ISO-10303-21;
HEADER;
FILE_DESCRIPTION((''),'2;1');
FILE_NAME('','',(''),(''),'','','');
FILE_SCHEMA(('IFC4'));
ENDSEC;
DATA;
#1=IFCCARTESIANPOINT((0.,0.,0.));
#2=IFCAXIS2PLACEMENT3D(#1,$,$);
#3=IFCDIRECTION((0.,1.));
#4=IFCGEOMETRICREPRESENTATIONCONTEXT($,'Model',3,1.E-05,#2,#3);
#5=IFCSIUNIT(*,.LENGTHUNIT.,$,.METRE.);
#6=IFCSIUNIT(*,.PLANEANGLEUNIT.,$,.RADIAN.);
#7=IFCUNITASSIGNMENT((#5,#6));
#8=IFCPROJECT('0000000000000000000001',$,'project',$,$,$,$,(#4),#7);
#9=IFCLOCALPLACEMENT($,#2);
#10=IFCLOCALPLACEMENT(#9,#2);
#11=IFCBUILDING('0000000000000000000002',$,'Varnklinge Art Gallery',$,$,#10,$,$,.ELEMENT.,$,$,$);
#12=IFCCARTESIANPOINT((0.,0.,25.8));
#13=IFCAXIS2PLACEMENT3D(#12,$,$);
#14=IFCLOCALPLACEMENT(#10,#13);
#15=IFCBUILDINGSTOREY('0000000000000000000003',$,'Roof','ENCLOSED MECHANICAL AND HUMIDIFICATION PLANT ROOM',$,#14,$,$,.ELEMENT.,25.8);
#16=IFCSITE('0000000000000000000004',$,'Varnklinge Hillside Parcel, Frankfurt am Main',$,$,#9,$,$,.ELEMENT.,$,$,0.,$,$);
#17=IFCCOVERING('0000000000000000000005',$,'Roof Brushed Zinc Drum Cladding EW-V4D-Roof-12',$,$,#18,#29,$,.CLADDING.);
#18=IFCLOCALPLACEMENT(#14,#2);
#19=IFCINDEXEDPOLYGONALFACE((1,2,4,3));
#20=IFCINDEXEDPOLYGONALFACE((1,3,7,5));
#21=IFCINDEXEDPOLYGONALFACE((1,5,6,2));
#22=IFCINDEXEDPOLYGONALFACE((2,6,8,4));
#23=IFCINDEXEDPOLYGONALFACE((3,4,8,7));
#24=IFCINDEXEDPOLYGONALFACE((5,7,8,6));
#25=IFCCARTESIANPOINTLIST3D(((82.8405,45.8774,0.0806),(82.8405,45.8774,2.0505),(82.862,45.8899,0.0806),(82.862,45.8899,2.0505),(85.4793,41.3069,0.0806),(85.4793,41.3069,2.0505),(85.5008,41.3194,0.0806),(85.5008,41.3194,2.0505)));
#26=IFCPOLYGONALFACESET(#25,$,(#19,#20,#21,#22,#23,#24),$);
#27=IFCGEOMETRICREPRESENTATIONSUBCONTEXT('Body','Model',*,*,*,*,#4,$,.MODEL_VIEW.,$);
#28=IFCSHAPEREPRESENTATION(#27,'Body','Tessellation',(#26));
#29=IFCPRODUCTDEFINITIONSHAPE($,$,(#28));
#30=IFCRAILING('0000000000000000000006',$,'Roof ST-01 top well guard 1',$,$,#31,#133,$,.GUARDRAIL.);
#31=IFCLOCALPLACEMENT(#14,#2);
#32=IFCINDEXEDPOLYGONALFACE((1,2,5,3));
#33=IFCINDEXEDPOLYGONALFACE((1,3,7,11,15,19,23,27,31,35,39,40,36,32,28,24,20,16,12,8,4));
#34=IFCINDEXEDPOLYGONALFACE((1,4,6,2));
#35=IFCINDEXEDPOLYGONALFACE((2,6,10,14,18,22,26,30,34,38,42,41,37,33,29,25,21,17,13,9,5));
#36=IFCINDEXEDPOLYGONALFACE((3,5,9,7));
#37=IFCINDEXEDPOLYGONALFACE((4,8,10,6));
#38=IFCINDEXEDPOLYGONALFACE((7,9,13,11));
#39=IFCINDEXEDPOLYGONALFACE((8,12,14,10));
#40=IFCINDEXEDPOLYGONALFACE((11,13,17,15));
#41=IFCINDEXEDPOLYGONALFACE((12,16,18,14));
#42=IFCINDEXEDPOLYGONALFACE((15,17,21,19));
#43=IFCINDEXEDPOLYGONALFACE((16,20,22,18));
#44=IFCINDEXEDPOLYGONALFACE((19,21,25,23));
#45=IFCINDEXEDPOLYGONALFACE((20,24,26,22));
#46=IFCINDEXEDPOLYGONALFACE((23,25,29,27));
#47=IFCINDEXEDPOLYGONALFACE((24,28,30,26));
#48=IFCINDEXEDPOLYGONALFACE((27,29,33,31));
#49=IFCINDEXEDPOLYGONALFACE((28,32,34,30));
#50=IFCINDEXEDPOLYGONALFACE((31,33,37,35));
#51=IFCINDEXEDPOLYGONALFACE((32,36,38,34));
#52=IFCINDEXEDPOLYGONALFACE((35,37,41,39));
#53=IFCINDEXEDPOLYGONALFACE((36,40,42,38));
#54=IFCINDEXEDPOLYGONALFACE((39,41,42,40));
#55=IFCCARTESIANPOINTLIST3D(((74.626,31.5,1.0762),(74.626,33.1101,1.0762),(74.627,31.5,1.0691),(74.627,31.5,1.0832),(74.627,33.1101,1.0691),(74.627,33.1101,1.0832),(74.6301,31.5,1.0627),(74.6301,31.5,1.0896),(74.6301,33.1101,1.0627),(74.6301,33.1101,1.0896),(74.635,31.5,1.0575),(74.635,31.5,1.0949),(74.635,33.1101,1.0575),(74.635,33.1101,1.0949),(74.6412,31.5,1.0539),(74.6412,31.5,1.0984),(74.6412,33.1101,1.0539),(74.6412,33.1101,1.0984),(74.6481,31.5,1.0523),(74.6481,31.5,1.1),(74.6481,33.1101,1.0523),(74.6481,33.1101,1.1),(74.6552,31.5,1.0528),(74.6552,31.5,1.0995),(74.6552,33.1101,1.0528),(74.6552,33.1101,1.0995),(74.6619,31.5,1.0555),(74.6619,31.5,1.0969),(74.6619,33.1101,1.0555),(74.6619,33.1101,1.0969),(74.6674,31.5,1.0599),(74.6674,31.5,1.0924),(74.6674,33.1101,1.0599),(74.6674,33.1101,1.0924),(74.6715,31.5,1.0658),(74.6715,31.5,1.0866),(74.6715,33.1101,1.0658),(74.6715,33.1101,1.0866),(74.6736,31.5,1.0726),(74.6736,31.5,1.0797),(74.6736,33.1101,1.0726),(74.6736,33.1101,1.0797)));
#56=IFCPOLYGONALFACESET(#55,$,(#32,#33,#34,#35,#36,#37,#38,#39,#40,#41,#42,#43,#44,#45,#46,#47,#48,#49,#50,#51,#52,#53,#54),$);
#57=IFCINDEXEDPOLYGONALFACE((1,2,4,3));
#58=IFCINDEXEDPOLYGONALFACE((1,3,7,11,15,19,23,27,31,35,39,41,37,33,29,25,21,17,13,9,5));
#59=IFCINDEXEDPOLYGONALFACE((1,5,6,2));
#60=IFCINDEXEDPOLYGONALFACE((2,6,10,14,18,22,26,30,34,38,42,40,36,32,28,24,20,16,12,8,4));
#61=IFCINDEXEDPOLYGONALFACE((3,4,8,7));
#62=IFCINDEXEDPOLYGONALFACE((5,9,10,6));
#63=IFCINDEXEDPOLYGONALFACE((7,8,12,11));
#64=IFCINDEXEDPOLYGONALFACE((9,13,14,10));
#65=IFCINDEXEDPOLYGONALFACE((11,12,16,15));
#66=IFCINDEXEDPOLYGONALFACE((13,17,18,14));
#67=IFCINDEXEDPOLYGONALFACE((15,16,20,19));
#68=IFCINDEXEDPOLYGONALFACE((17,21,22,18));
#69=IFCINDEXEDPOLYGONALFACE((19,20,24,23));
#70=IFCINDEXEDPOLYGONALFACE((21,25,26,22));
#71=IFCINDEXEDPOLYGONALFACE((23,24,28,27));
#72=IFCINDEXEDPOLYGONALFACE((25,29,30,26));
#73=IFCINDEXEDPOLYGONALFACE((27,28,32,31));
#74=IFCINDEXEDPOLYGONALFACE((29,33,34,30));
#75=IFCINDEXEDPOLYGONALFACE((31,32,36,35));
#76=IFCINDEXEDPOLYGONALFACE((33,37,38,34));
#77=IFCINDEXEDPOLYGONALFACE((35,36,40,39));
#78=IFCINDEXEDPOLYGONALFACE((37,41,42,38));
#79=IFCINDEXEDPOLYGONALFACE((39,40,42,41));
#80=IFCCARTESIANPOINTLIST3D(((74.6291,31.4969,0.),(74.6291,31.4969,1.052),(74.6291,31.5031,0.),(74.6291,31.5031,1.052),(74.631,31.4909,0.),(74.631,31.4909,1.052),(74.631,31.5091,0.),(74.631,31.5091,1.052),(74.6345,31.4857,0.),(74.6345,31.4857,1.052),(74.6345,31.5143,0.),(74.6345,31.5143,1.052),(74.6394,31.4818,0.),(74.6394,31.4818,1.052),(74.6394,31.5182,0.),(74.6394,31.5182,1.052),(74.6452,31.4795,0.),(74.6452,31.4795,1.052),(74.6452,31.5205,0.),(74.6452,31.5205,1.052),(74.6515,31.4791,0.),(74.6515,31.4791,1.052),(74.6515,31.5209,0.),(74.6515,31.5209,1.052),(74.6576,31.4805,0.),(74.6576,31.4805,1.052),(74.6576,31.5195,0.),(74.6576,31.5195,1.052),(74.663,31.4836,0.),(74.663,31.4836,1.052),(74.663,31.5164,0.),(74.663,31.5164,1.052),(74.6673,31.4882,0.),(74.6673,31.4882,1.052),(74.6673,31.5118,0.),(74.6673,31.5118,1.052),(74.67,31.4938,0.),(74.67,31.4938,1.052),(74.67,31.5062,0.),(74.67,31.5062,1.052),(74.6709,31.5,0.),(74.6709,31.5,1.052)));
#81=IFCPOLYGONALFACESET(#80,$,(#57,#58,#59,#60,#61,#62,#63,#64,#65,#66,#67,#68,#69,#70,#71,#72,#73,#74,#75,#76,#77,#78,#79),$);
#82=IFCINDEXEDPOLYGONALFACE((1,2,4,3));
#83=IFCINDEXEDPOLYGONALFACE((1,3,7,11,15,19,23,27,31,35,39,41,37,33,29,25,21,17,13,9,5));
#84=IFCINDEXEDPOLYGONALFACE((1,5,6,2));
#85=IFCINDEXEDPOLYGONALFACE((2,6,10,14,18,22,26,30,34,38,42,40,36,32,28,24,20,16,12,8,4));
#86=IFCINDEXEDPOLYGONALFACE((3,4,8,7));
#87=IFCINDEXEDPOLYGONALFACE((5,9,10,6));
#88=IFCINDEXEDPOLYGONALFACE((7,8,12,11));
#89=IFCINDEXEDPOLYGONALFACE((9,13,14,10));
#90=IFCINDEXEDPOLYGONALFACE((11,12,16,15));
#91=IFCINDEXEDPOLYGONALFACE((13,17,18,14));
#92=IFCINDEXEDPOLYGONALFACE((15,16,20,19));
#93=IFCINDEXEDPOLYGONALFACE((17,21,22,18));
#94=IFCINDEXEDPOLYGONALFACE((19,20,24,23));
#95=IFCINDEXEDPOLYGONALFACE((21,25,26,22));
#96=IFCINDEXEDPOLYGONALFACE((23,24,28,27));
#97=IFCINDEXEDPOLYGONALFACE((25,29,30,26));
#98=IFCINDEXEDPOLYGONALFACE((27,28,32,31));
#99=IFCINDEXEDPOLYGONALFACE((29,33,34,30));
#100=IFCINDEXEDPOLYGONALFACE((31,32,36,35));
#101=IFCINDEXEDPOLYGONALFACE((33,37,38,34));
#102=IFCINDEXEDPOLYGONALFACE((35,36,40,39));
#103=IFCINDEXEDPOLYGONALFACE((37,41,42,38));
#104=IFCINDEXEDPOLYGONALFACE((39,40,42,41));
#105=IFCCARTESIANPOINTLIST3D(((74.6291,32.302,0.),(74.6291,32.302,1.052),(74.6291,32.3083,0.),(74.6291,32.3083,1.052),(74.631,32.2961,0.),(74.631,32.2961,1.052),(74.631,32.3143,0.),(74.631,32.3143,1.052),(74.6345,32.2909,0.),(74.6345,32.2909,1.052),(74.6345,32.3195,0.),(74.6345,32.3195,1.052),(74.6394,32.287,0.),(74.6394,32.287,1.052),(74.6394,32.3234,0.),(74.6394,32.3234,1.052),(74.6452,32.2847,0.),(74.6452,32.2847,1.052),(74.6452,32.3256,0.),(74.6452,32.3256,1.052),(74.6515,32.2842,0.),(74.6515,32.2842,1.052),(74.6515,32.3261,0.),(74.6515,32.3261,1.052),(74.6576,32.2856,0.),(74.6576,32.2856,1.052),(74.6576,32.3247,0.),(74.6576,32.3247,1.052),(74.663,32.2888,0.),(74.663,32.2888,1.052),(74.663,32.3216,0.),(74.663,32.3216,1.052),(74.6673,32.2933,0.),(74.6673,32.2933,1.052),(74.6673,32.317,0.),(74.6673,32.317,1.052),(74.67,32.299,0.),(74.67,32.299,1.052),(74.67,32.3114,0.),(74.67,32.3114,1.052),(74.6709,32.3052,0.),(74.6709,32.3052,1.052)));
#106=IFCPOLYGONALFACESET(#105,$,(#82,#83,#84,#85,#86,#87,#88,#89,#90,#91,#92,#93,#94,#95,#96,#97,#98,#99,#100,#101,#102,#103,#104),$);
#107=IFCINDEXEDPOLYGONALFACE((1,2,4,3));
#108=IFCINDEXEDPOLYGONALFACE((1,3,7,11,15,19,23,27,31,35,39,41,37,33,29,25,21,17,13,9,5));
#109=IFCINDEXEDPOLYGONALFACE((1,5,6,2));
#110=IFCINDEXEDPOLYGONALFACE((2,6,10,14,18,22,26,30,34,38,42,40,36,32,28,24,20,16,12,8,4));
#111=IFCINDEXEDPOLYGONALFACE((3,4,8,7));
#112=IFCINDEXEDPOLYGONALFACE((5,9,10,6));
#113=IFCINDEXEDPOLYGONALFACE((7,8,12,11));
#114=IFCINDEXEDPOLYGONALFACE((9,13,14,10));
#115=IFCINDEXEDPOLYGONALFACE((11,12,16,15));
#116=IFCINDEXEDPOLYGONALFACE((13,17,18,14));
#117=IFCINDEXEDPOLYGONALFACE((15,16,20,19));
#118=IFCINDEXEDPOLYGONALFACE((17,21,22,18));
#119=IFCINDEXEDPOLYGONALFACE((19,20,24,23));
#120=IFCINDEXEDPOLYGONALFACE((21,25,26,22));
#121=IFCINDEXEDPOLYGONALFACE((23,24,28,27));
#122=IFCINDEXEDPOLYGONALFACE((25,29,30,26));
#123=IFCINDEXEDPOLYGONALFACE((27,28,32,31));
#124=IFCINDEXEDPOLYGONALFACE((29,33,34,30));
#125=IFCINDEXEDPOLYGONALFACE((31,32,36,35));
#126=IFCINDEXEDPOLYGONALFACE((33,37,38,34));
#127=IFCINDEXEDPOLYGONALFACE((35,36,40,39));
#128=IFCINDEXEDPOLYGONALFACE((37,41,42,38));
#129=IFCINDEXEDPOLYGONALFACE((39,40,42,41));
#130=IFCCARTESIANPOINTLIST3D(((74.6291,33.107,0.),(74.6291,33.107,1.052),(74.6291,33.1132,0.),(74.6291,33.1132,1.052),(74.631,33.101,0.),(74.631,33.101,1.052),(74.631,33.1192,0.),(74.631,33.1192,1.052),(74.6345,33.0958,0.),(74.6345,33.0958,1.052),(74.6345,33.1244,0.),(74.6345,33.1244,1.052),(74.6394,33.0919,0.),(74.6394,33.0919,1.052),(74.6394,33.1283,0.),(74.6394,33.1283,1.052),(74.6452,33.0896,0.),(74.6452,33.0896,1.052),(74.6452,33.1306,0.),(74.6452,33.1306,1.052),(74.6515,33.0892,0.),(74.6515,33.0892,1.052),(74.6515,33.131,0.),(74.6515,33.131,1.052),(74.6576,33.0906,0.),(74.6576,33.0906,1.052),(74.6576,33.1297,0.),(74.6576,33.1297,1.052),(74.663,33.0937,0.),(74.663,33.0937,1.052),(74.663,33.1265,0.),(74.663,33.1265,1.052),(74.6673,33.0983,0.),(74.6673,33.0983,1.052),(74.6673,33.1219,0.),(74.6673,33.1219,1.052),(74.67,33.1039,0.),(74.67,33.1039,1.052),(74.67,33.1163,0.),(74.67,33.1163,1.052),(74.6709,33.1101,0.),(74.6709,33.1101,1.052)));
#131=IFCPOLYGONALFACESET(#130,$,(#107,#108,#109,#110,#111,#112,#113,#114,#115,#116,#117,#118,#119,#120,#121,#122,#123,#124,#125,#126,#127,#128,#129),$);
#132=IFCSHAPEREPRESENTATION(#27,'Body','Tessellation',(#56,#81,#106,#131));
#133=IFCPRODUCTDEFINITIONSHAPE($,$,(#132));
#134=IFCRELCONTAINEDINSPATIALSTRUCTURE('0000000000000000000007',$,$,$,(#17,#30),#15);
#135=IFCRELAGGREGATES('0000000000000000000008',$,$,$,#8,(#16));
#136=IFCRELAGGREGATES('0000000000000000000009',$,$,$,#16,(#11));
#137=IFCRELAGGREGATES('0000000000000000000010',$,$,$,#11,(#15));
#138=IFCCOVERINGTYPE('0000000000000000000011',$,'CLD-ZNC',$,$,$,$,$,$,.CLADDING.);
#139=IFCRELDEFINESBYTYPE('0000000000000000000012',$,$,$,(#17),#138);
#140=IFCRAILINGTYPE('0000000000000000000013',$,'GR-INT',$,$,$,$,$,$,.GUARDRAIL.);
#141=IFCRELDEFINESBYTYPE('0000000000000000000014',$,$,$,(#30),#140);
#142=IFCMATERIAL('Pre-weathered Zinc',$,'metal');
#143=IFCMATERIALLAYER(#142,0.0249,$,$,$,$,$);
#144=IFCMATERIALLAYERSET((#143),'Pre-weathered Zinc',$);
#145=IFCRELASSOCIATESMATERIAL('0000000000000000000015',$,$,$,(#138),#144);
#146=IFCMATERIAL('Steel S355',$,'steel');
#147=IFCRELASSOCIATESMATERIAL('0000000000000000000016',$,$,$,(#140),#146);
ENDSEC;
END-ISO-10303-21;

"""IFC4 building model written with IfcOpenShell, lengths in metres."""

from ifc_helpers import new_model, si_unit, direction, frame, origin, origin_2d, place, context, subcontext, project, spatial, rectangle, circle, extrude, material, layer, layer_set, type_object, element, save


model = new_model("IFC4")

# Units and contexts
model_context = context("Model", 3, precision=1e-05, world=origin(), true_north=direction((0.0, 1.0)))
body_context = subcontext(model_context, "Body", "Model", "MODEL_VIEW")
ifc_project = project(units=[si_unit("LENGTHUNIT", "METRE"), si_unit("PLANEANGLEUNIT", "RADIAN")], contexts=[model_context])

# Site, building, storey
site_placement = place(None, origin())
site = spatial("IfcSite", under=ifc_project, at=site_placement, Name="Varnklinge Hillside Parcel, Frankfurt am Main", CompositionType="ELEMENT", RefElevation=0.0)
building_placement = place(site_placement, origin())
building = spatial("IfcBuilding", under=site, at=building_placement, Name="Varnklinge Art Gallery", CompositionType="ELEMENT")
storey_placement = place(building_placement, frame((0.0, 0.0, 25.8)))
storey = spatial("IfcBuildingStorey", under=building, at=storey_placement, Name="Roof", Description="ENCLOSED MECHANICAL AND HUMIDIFICATION PLANT ROOM", CompositionType="ELEMENT", Elevation=25.8)

# Covering
ifc_material_1 = material(Name="Pre-weathered Zinc", Category="metal")
ifc_layer_1 = layer(ifc_material_1, 0.0249)
ifc_layer_set_1 = layer_set([ifc_layer_1], Name="Pre-weathered Zinc")
covering_type = type_object("IfcCoveringType", Name="CLD-ZNC", PredefinedType="CLADDING", material=ifc_layer_set_1)
for number, where, z_axis, x_axis, name in (
    (1, (84.1707, 43.5984, 0.0806), (0.0, 0.0, 1.0), (0.5, -0.866025, 0.0), "Roof Brushed Zinc Drum Cladding EW-V4D-Roof-12"),
):
    element("IfcCovering", number, at=place(storey_placement, frame(where, z_axis=z_axis, x_axis=x_axis)), inside=storey, type_object=covering_type, Name=name, PredefinedType="CLADDING", context=body_context, shape_type="SweptSolid", body=[
        extrude(rectangle(XDim=5.2776, YDim=0.0249, at=origin_2d()), origin(), (0.0, 0.0, 1.0), 1.97),
    ])

# Railing
ifc_material_2 = material(Name="Steel S355", Category="steel")
railing_type = type_object("IfcRailingType", Name="GR-INT", PredefinedType="GUARDRAIL", material=ifc_material_2)
for number, where, name in (
    (2, (74.6499, 31.5, 0.0), "Roof ST-01 top well guard 1"),
):
    element("IfcRailing", number, at=place(storey_placement, frame(where)), inside=storey, type_object=railing_type, Name=name, PredefinedType="GUARDRAIL", context=body_context, shape_type="SweptSolid", body=[
        extrude(circle(Radius=0.0239, at=origin_2d()), frame((0.0, 0.0, 1.0762), z_axis=(0.0, 1.0, 0.0), x_axis=(-1.0, 0.0, 0.0)), (0.0, 0.0, 1.0), 1.6101),
        extrude(circle(Radius=0.021, at=origin_2d()), origin(), (0.0, 0.0, 1.0), 1.052),
        extrude(circle(Radius=0.021, at=origin_2d()), frame((0.0, 0.8052, 0.0)), (0.0, 0.0, 1.0), 1.052),
        extrude(circle(Radius=0.021, at=origin_2d()), frame((0.0, 1.6101, 0.0)), (0.0, 0.0, 1.0), 1.052),
    ])

save(model, "model.ifc")
